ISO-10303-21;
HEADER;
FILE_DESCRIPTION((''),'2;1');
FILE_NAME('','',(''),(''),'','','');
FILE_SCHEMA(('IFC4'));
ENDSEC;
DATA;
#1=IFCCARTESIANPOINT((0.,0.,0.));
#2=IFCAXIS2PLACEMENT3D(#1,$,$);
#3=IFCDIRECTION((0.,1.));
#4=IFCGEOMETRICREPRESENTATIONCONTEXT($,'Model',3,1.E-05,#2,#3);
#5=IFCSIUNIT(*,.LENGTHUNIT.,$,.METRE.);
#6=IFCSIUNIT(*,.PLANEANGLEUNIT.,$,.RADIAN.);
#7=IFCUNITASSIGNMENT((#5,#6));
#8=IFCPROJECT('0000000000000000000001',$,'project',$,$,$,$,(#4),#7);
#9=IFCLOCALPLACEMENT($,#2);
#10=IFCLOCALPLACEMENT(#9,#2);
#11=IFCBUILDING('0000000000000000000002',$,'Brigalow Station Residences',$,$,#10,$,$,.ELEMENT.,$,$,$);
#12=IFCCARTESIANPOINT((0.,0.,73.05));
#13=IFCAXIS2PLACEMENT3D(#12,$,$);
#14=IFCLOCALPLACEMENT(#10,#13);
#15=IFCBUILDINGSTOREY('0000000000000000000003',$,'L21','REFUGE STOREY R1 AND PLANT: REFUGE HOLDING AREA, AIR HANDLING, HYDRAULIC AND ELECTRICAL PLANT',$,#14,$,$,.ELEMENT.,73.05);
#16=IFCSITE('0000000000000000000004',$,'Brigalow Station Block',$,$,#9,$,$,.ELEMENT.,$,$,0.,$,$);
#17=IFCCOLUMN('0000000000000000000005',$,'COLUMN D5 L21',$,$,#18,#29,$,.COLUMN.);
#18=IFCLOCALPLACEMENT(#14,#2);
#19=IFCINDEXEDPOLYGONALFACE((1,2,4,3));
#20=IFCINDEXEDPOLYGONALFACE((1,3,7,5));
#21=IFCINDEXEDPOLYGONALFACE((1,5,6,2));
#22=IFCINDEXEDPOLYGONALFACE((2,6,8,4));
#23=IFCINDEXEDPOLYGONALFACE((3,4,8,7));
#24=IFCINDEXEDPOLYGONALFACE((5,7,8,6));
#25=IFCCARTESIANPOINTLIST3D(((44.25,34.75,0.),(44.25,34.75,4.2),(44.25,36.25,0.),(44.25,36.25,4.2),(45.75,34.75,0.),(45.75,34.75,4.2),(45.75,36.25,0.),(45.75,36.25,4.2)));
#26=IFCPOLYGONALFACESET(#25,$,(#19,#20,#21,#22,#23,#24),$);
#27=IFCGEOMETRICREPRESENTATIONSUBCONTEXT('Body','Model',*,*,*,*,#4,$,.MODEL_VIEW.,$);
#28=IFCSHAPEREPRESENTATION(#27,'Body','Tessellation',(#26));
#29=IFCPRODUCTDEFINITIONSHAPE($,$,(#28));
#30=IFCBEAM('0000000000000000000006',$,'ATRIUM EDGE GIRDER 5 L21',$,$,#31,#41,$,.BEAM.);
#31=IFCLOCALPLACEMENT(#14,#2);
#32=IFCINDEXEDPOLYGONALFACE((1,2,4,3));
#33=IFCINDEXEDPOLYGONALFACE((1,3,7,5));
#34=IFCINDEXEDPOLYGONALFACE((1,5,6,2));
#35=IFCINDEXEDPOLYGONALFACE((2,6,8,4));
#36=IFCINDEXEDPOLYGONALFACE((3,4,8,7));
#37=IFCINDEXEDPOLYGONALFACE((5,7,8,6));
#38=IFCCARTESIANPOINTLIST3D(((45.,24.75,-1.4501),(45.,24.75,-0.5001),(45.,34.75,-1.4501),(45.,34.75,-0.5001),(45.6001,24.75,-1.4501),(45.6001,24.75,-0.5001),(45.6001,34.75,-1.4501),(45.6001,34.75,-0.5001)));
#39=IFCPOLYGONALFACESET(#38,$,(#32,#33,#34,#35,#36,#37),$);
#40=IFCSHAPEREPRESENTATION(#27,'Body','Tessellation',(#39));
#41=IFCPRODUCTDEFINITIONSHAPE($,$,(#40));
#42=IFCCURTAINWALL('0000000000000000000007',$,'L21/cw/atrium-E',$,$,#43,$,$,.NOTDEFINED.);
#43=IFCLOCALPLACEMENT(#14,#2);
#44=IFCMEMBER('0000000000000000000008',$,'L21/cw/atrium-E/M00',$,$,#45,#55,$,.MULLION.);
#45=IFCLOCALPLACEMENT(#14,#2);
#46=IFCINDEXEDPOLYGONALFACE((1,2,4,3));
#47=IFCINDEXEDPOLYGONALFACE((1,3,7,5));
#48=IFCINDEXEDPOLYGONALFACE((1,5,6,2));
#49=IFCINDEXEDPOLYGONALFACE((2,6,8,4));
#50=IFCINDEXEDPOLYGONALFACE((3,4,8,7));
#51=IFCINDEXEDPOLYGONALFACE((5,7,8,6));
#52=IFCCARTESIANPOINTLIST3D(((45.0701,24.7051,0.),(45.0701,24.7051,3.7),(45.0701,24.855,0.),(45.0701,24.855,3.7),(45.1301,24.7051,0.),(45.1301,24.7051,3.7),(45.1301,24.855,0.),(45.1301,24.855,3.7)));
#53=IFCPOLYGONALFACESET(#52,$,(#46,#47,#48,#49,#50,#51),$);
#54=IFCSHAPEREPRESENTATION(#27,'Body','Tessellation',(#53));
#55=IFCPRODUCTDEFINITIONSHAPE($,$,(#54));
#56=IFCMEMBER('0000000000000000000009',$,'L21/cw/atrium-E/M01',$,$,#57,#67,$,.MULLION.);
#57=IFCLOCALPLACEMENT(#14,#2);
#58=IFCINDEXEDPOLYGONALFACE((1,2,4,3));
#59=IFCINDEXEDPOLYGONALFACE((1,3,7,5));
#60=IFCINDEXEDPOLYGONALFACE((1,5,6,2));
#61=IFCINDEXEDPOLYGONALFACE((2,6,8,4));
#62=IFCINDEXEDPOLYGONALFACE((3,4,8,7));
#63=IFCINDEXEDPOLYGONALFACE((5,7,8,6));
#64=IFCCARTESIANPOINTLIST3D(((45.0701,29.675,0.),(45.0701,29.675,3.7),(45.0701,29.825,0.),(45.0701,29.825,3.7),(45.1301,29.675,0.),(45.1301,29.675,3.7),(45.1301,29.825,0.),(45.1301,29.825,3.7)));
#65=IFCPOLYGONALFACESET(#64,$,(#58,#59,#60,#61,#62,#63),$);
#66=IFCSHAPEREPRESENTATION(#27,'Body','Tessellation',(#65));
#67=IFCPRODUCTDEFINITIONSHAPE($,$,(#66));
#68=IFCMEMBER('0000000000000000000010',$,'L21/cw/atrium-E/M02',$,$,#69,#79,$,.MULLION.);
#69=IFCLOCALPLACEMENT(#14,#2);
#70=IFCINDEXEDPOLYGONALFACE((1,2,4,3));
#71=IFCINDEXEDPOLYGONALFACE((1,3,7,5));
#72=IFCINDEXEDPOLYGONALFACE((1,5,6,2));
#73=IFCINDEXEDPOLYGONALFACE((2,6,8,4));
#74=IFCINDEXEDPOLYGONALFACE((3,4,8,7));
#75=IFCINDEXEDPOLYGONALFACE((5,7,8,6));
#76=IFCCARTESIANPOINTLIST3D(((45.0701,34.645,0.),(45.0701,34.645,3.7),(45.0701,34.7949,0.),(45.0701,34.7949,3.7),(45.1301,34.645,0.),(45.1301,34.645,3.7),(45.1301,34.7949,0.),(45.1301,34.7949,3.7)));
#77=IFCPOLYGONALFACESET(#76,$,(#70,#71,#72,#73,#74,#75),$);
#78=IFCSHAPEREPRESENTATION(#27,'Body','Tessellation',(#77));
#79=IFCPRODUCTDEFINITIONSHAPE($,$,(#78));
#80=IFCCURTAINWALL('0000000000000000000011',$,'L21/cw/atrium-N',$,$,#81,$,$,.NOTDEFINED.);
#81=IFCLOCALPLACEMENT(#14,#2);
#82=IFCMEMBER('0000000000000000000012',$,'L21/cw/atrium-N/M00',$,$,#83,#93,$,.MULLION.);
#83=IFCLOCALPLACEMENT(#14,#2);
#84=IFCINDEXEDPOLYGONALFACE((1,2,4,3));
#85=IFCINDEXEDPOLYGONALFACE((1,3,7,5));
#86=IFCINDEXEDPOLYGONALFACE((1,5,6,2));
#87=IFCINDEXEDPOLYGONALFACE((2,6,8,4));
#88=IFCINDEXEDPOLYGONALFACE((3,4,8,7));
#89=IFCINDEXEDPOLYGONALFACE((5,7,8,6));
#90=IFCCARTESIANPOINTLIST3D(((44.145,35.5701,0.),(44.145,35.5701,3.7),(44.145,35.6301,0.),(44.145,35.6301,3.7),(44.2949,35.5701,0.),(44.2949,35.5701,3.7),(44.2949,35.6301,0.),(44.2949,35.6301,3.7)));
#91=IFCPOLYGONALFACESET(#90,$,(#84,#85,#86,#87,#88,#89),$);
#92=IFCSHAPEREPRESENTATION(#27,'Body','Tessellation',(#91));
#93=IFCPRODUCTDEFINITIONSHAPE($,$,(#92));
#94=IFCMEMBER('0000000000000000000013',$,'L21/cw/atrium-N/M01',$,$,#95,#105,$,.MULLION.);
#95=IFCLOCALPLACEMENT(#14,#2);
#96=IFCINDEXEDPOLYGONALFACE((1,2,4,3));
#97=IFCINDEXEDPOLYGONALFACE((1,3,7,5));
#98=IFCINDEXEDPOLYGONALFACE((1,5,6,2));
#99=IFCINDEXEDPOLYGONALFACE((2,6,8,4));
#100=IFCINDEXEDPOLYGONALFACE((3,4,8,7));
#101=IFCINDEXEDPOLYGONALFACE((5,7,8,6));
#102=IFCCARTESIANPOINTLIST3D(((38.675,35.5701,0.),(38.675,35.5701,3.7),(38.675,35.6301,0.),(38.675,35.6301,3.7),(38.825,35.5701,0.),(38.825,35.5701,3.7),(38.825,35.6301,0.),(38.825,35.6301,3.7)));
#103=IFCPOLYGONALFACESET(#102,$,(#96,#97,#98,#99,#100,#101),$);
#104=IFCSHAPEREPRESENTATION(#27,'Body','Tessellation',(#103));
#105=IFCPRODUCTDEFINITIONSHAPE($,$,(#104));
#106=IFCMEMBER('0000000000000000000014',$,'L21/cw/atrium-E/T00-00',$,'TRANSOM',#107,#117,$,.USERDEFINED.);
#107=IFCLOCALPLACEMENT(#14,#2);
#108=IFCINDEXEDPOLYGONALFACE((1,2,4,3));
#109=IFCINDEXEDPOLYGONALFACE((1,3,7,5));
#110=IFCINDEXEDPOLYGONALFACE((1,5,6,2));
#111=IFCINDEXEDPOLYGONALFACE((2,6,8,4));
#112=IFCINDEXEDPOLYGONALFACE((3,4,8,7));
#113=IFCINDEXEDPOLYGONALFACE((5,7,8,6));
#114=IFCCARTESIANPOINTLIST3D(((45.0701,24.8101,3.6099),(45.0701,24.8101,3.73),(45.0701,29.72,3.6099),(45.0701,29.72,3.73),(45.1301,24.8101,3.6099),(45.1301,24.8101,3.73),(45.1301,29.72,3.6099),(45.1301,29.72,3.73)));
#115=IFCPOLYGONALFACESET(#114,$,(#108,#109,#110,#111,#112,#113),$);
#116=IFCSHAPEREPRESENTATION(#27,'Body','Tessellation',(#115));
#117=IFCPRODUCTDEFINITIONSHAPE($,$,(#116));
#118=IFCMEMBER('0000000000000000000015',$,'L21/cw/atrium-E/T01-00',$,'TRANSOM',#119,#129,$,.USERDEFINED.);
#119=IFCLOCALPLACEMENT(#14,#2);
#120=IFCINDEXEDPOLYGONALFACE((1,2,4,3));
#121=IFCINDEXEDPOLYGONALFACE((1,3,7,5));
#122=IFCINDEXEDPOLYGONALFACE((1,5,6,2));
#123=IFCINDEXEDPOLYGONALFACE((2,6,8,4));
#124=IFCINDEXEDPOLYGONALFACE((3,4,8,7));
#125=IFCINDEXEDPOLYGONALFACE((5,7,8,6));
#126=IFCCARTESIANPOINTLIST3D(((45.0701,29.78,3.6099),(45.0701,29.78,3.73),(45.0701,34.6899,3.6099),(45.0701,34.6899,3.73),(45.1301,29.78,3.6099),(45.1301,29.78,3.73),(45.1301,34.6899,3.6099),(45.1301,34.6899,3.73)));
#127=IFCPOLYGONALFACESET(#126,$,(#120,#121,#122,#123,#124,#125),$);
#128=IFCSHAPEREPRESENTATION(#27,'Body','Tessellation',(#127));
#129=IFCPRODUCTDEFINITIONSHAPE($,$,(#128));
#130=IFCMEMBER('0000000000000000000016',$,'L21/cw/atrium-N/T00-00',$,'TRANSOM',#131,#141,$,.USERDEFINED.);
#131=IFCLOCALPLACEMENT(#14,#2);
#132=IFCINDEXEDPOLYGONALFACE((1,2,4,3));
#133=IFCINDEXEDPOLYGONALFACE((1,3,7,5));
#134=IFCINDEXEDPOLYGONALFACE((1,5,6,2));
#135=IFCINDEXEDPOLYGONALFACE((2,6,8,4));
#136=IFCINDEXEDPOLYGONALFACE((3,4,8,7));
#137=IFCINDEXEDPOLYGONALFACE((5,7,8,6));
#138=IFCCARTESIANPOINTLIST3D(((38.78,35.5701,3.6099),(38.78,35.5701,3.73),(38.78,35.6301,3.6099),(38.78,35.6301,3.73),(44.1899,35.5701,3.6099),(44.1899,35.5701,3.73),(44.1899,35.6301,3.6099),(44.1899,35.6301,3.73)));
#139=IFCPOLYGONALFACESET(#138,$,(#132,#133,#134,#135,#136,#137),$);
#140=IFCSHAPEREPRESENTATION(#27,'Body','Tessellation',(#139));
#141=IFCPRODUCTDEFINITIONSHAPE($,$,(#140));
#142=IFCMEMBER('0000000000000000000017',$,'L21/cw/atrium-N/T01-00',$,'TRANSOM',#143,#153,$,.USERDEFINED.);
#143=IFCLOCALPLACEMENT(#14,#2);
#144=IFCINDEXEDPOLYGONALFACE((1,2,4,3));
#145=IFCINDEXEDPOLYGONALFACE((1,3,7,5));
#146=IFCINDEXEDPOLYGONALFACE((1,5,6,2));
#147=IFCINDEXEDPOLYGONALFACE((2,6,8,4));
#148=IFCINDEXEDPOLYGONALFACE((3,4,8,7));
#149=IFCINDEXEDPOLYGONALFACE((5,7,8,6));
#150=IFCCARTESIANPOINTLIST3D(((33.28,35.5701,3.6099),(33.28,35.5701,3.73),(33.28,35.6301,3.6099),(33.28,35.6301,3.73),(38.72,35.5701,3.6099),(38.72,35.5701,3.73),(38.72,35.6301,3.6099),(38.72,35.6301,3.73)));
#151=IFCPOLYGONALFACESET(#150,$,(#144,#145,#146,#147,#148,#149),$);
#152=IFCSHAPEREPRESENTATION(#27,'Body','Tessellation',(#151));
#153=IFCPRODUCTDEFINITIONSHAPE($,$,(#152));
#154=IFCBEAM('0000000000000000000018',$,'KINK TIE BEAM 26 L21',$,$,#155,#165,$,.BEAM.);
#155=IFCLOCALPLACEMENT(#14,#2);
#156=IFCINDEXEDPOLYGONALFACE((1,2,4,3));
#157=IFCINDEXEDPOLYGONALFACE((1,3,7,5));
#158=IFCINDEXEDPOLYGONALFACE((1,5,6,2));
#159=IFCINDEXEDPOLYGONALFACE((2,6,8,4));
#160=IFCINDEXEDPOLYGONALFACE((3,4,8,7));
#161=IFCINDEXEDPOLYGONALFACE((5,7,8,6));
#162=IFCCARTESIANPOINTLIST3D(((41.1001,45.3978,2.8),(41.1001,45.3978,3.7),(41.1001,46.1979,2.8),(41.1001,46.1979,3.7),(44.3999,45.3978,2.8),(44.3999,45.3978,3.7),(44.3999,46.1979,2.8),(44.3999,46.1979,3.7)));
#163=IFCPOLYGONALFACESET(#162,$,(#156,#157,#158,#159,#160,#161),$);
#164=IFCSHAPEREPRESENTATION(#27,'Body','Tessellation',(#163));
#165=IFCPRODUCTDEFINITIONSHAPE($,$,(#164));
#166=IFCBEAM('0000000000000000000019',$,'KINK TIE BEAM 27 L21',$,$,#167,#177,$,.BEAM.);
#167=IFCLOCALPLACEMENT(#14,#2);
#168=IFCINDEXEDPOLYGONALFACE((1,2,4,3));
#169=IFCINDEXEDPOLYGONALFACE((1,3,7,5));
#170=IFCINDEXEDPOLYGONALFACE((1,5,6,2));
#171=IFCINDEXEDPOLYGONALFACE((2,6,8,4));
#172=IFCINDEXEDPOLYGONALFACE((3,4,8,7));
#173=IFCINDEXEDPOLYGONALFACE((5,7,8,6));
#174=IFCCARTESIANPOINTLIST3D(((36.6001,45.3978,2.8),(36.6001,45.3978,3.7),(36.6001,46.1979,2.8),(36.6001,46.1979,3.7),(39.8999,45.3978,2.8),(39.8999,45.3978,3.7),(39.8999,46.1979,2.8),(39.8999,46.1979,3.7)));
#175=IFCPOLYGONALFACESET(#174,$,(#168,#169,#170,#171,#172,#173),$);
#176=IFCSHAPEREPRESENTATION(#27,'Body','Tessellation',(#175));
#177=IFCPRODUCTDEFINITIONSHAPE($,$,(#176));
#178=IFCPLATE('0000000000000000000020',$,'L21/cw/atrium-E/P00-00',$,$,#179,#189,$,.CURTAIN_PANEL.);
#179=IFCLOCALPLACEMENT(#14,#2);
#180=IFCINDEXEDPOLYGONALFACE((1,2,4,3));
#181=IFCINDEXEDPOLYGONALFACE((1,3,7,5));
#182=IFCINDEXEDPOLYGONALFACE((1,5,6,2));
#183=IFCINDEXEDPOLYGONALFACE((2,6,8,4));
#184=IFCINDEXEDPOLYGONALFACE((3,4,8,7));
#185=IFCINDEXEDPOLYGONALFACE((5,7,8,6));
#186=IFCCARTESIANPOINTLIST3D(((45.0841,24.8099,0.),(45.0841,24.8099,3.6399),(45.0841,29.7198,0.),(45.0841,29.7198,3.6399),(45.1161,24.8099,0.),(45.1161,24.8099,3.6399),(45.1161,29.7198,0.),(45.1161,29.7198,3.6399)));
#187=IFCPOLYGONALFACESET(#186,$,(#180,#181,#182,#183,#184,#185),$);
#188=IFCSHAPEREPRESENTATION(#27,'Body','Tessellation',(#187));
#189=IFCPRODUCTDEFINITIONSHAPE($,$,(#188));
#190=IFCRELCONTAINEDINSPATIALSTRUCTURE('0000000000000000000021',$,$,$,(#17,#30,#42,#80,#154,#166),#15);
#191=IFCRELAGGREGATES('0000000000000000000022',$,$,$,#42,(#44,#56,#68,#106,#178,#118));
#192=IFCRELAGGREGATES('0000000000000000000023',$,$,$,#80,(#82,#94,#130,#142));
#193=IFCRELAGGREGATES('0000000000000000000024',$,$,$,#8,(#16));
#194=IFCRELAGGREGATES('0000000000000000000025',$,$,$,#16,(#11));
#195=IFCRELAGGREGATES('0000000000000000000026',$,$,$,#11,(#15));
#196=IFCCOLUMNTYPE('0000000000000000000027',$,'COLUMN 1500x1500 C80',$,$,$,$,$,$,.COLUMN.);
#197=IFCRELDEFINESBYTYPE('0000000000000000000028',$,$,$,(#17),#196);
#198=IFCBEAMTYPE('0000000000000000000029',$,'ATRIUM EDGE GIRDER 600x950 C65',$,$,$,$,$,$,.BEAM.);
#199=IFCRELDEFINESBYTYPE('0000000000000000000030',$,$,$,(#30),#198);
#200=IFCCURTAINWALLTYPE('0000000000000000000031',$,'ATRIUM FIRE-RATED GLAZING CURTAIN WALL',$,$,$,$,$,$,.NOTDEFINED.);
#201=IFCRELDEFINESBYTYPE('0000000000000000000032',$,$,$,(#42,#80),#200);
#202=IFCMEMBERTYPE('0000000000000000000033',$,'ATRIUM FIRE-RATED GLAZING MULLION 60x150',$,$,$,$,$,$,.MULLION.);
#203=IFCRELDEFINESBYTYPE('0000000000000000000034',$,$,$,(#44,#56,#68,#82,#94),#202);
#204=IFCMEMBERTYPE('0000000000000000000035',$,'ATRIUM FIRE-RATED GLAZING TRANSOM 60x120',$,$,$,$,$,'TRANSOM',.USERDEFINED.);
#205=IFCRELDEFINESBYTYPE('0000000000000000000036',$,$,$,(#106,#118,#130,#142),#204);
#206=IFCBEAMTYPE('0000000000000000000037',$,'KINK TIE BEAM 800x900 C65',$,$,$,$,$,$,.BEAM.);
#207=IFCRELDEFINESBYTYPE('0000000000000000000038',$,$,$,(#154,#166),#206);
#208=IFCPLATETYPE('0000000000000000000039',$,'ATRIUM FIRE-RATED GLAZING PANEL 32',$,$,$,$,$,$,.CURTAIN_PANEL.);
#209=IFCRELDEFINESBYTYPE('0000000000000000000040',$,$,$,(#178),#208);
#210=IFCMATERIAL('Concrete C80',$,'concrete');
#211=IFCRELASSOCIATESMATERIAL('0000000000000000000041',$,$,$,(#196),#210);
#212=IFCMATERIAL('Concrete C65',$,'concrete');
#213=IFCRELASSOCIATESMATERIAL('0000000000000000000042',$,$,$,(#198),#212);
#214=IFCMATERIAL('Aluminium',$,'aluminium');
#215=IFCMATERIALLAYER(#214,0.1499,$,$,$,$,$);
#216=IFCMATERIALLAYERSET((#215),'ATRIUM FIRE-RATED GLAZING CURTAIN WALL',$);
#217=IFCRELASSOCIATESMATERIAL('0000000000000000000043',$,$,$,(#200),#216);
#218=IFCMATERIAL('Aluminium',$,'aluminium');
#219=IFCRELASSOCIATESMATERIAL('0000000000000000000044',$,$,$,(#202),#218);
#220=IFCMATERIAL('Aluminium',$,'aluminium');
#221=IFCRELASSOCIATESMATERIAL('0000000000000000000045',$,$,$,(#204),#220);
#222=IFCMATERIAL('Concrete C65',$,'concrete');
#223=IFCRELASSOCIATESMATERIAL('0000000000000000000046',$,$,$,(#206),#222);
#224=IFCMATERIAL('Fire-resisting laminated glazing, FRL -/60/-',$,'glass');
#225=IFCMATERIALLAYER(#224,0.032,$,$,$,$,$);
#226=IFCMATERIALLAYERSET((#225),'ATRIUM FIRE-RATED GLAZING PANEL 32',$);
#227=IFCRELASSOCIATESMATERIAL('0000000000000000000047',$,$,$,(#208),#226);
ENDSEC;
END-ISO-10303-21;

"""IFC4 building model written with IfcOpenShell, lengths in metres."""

from ifc_helpers import new_model, si_unit, direction, frame, origin, origin_2d, place, context, subcontext, project, spatial, rectangle, extrude, material, layer, layer_set, material_profile, profile_set, type_object, element, aggregate, save


model = new_model("IFC4")

# Units and contexts
model_context = context("Model", 3, precision=1e-05, world=origin(), true_north=direction((0.0, 1.0)))
body_context = subcontext(model_context, "Body", "Model", "MODEL_VIEW")
ifc_project = project(units=[si_unit("LENGTHUNIT", "METRE"), si_unit("PLANEANGLEUNIT", "RADIAN")], contexts=[model_context])

# Site, building, storey
site_placement = place(None, origin())
site = spatial("IfcSite", under=ifc_project, at=site_placement, Name="Brigalow Station Block", CompositionType="ELEMENT", RefElevation=0.0)
building_placement = place(site_placement, origin())
building = spatial("IfcBuilding", under=site, at=building_placement, Name="Brigalow Station Residences", CompositionType="ELEMENT")
storey_placement = place(building_placement, frame((0.0, 0.0, 73.05)))
storey = spatial("IfcBuildingStorey", under=building, at=storey_placement, Name="L21", Description="REFUGE STOREY R1 AND PLANT: REFUGE HOLDING AREA, AIR HANDLING, HYDRAULIC AND ELECTRICAL PLANT", CompositionType="ELEMENT", Elevation=73.05)

# Column
ifc_material_1 = material(Name="Concrete C80", Category="concrete")
ifc_material_profile_1 = material_profile(ifc_material_1, rectangle(XDim=1.5, YDim=1.5, at=origin_2d()), Name="RC1500x1500")
ifc_profile_set_1 = profile_set([ifc_material_profile_1], Name="Concrete C80")
column_type = type_object("IfcColumnType", Name="COLUMN 1500x1500 C80", PredefinedType="COLUMN", material=ifc_profile_set_1)
column_placement = place(storey_placement, frame((45.0, 35.5, 0.0), z_axis=(0.0, 0.0, 1.0), x_axis=(1.0, 0.0, 0.0)))
element("IfcColumn", 1, at=column_placement, inside=storey, type_object=column_type, Name="COLUMN D5 L21", PredefinedType="COLUMN", context=body_context, shape_type="SweptSolid", body=[
    extrude(rectangle(XDim=1.5, YDim=1.5, at=origin_2d()), origin(), (0.0, 0.0, 1.0), 4.2),
])

# Beam
ifc_material_2 = material(Name="Concrete C65", Category="concrete")
ifc_material_profile_2 = material_profile(ifc_material_2, rectangle(XDim=0.6001, YDim=0.95, at=origin_2d()), Name="RC600x950")
ifc_profile_set_2 = profile_set([ifc_material_profile_2], Name="Concrete C65")
beam_type_1 = type_object("IfcBeamType", Name="ATRIUM EDGE GIRDER 600x950 C65", PredefinedType="BEAM", material=ifc_profile_set_2)
beam_placement = place(storey_placement, frame((45.3, 24.75, -0.9751), z_axis=(0.0, 1.0, 0.0), x_axis=(-1.0, 0.0, 0.0)))
element("IfcBeam", 2, at=beam_placement, inside=storey, type_object=beam_type_1, Name="ATRIUM EDGE GIRDER 5 L21", PredefinedType="BEAM", context=body_context, shape_type="SweptSolid", body=[
    extrude(rectangle(XDim=0.6001, YDim=0.95, at=origin_2d()), origin(), (0.0, 0.0, 1.0), 10.0),
])

# Curtain walls, members
ifc_material_3 = material(Name="Aluminium", Category="aluminium")
ifc_layer_1 = layer(ifc_material_3, 0.1499)
ifc_layer_set_1 = layer_set([ifc_layer_1], Name="ATRIUM FIRE-RATED GLAZING CURTAIN WALL")
curtain_wall_type = type_object("IfcCurtainWallType", Name="ATRIUM FIRE-RATED GLAZING CURTAIN WALL", PredefinedType="NOTDEFINED", material=ifc_layer_set_1)
curtain_wall_1_placement = place(storey_placement, origin())
curtain_wall_1 = element("IfcCurtainWall", 3, at=curtain_wall_1_placement, inside=storey, type_object=curtain_wall_type, Name="L21/cw/atrium-E", PredefinedType="NOTDEFINED")
ifc_material_4 = material(Name="Aluminium", Category="aluminium")
ifc_material_profile_3 = material_profile(ifc_material_4, rectangle(XDim=0.0601, YDim=0.1499, at=origin_2d()), Name="ATRIUM FIRE-RATED GLAZING MULLION 60x150")
ifc_profile_set_3 = profile_set([ifc_material_profile_3], Name="Aluminium")
member_type_1 = type_object("IfcMemberType", Name="ATRIUM FIRE-RATED GLAZING MULLION 60x150", PredefinedType="MULLION", material=ifc_profile_set_3)
member_1_placement = place(storey_placement, frame((45.1001, 24.78, 0.0), z_axis=(0.0, 0.0, 1.0), x_axis=(-1.0, 0.0, 0.0)))
member_1 = element("IfcMember", 4, at=member_1_placement, type_object=member_type_1, Name="L21/cw/atrium-E/M00", PredefinedType="MULLION", context=body_context, shape_type="SweptSolid", body=[
    extrude(rectangle(XDim=0.0601, YDim=0.1499, at=origin_2d()), origin(), (0.0, 0.0, 1.0), 3.7),
])
member_2_placement = place(storey_placement, frame((45.1001, 29.75, 0.0), z_axis=(0.0, 0.0, 1.0), x_axis=(-1.0, 0.0, 0.0)))
member_2 = element("IfcMember", 5, at=member_2_placement, type_object=member_type_1, Name="L21/cw/atrium-E/M01", PredefinedType="MULLION", context=body_context, shape_type="SweptSolid", body=[
    extrude(rectangle(XDim=0.0601, YDim=0.1499, at=origin_2d()), origin(), (0.0, 0.0, 1.0), 3.7),
])
member_3_placement = place(storey_placement, frame((45.1001, 34.72, 0.0), z_axis=(0.0, 0.0, 1.0), x_axis=(-1.0, 0.0, 0.0)))
member_3 = element("IfcMember", 6, at=member_3_placement, type_object=member_type_1, Name="L21/cw/atrium-E/M02", PredefinedType="MULLION", context=body_context, shape_type="SweptSolid", body=[
    extrude(rectangle(XDim=0.0601, YDim=0.1499, at=origin_2d()), origin(), (0.0, 0.0, 1.0), 3.7),
])
curtain_wall_2_placement = place(storey_placement, origin())
curtain_wall_2 = element("IfcCurtainWall", 7, at=curtain_wall_2_placement, inside=storey, type_object=curtain_wall_type, Name="L21/cw/atrium-N", PredefinedType="NOTDEFINED")
member_4_placement = place(storey_placement, frame((44.22, 35.6001, 0.0), z_axis=(0.0, 0.0, 1.0), x_axis=(0.0, -1.0, 0.0)))
member_4 = element("IfcMember", 8, at=member_4_placement, type_object=member_type_1, Name="L21/cw/atrium-N/M00", PredefinedType="MULLION", context=body_context, shape_type="SweptSolid", body=[
    extrude(rectangle(XDim=0.0601, YDim=0.1499, at=origin_2d()), origin(), (0.0, 0.0, 1.0), 3.7),
])
member_5_placement = place(storey_placement, frame((38.75, 35.6001, 0.0), z_axis=(0.0, 0.0, 1.0), x_axis=(0.0, -1.0, 0.0)))
member_5 = element("IfcMember", 9, at=member_5_placement, type_object=member_type_1, Name="L21/cw/atrium-N/M01", PredefinedType="MULLION", context=body_context, shape_type="SweptSolid", body=[
    extrude(rectangle(XDim=0.0601, YDim=0.1499, at=origin_2d()), origin(), (0.0, 0.0, 1.0), 3.7),
])

# Members
ifc_material_5 = material(Name="Aluminium", Category="aluminium")
ifc_material_profile_4 = material_profile(ifc_material_5, rectangle(XDim=0.0601, YDim=0.1201, at=origin_2d()), Name="ATRIUM FIRE-RATED GLAZING TRANSOM 60x120")
ifc_profile_set_4 = profile_set([ifc_material_profile_4], Name="Aluminium")
member_type_2 = type_object("IfcMemberType", Name="ATRIUM FIRE-RATED GLAZING TRANSOM 60x120", ElementType="TRANSOM", PredefinedType="USERDEFINED", material=ifc_profile_set_4)
member_6_placement = place(storey_placement, frame((45.1001, 24.8101, 3.6699), z_axis=(0.0, 1.0, 0.0), x_axis=(-1.0, 0.0, 0.0)))
member_6 = element("IfcMember", 10, at=member_6_placement, type_object=member_type_2, Name="L21/cw/atrium-E/T00-00", ObjectType="TRANSOM", PredefinedType="USERDEFINED", context=body_context, shape_type="SweptSolid", body=[
    extrude(rectangle(XDim=0.0601, YDim=0.1201, at=origin_2d()), origin(), (0.0, 0.0, 1.0), 4.9099),
])
member_7_placement = place(storey_placement, frame((45.1001, 29.78, 3.6699), z_axis=(0.0, 1.0, 0.0), x_axis=(-1.0, 0.0, 0.0)))
member_7 = element("IfcMember", 11, at=member_7_placement, type_object=member_type_2, Name="L21/cw/atrium-E/T01-00", ObjectType="TRANSOM", PredefinedType="USERDEFINED", context=body_context, shape_type="SweptSolid", body=[
    extrude(rectangle(XDim=0.0601, YDim=0.1201, at=origin_2d()), origin(), (0.0, 0.0, 1.0), 4.9099),
])
member_8_placement = place(storey_placement, frame((44.1899, 35.6001, 3.6699), z_axis=(-1.0, 0.0, 0.0), x_axis=(0.0, -1.0, 0.0)))
member_8 = element("IfcMember", 12, at=member_8_placement, type_object=member_type_2, Name="L21/cw/atrium-N/T00-00", ObjectType="TRANSOM", PredefinedType="USERDEFINED", context=body_context, shape_type="SweptSolid", body=[
    extrude(rectangle(XDim=0.0601, YDim=0.1201, at=origin_2d()), origin(), (0.0, 0.0, 1.0), 5.4099),
])
member_9_placement = place(storey_placement, frame((38.72, 35.6001, 3.6699), z_axis=(-1.0, 0.0, 0.0), x_axis=(0.0, -1.0, 0.0)))
member_9 = element("IfcMember", 13, at=member_9_placement, type_object=member_type_2, Name="L21/cw/atrium-N/T01-00", ObjectType="TRANSOM", PredefinedType="USERDEFINED", context=body_context, shape_type="SweptSolid", body=[
    extrude(rectangle(XDim=0.0601, YDim=0.1201, at=origin_2d()), origin(), (0.0, 0.0, 1.0), 5.4399),
])

# Beams
ifc_material_6 = material(Name="Concrete C65", Category="concrete")
ifc_material_profile_5 = material_profile(ifc_material_6, rectangle(XDim=0.8, YDim=0.8999, at=origin_2d()), Name="RC800x900")
ifc_profile_set_5 = profile_set([ifc_material_profile_5], Name="Concrete C65")
beam_type_2 = type_object("IfcBeamType", Name="KINK TIE BEAM 800x900 C65", PredefinedType="BEAM", material=ifc_profile_set_5)
for number, where, z_axis, x_axis, name in (
    (14, (44.3999, 45.7979, 3.25), (-1.0, 0.0, 0.0), (0.0, -1.0, 0.0), "KINK TIE BEAM 26 L21"),
    (15, (39.8999, 45.7979, 3.25), (-1.0, 0.0, 0.0), (0.0, -1.0, 0.0), "KINK TIE BEAM 27 L21"),
):
    element("IfcBeam", number, at=place(storey_placement, frame(where, z_axis=z_axis, x_axis=x_axis)), inside=storey, type_object=beam_type_2, Name=name, PredefinedType="BEAM", context=body_context, shape_type="SweptSolid", body=[
        extrude(rectangle(XDim=0.8, YDim=0.8999, at=origin_2d()), origin(), (0.0, 0.0, 1.0), 3.2998),
    ])

# Plate
ifc_material_7 = material(Name="Fire-resisting laminated glazing, FRL -/60/-", Category="glass")
ifc_layer_2 = layer(ifc_material_7, 0.032)
ifc_layer_set_2 = layer_set([ifc_layer_2], Name="ATRIUM FIRE-RATED GLAZING PANEL 32")
plate_type = type_object("IfcPlateType", Name="ATRIUM FIRE-RATED GLAZING PANEL 32", PredefinedType="CURTAIN_PANEL", material=ifc_layer_set_2)
plate_1_placement = place(storey_placement, frame((45.1001, 27.2649, 0.0), z_axis=(0.0, 0.0, 1.0), x_axis=(0.0, 1.0, 0.0)))
plate_1 = element("IfcPlate", 16, at=plate_1_placement, type_object=plate_type, Name="L21/cw/atrium-E/P00-00", PredefinedType="CURTAIN_PANEL", context=body_context, shape_type="SweptSolid", body=[
    extrude(rectangle(XDim=4.9099, YDim=0.032, at=origin_2d()), origin(), (0.0, 0.0, 1.0), 3.6399),
])
aggregate(curtain_wall_1, [member_1, member_2, member_3, member_6, plate_1, member_7])
aggregate(curtain_wall_2, [member_4, member_5, member_8, member_9])

save(model, "model.ifc")
